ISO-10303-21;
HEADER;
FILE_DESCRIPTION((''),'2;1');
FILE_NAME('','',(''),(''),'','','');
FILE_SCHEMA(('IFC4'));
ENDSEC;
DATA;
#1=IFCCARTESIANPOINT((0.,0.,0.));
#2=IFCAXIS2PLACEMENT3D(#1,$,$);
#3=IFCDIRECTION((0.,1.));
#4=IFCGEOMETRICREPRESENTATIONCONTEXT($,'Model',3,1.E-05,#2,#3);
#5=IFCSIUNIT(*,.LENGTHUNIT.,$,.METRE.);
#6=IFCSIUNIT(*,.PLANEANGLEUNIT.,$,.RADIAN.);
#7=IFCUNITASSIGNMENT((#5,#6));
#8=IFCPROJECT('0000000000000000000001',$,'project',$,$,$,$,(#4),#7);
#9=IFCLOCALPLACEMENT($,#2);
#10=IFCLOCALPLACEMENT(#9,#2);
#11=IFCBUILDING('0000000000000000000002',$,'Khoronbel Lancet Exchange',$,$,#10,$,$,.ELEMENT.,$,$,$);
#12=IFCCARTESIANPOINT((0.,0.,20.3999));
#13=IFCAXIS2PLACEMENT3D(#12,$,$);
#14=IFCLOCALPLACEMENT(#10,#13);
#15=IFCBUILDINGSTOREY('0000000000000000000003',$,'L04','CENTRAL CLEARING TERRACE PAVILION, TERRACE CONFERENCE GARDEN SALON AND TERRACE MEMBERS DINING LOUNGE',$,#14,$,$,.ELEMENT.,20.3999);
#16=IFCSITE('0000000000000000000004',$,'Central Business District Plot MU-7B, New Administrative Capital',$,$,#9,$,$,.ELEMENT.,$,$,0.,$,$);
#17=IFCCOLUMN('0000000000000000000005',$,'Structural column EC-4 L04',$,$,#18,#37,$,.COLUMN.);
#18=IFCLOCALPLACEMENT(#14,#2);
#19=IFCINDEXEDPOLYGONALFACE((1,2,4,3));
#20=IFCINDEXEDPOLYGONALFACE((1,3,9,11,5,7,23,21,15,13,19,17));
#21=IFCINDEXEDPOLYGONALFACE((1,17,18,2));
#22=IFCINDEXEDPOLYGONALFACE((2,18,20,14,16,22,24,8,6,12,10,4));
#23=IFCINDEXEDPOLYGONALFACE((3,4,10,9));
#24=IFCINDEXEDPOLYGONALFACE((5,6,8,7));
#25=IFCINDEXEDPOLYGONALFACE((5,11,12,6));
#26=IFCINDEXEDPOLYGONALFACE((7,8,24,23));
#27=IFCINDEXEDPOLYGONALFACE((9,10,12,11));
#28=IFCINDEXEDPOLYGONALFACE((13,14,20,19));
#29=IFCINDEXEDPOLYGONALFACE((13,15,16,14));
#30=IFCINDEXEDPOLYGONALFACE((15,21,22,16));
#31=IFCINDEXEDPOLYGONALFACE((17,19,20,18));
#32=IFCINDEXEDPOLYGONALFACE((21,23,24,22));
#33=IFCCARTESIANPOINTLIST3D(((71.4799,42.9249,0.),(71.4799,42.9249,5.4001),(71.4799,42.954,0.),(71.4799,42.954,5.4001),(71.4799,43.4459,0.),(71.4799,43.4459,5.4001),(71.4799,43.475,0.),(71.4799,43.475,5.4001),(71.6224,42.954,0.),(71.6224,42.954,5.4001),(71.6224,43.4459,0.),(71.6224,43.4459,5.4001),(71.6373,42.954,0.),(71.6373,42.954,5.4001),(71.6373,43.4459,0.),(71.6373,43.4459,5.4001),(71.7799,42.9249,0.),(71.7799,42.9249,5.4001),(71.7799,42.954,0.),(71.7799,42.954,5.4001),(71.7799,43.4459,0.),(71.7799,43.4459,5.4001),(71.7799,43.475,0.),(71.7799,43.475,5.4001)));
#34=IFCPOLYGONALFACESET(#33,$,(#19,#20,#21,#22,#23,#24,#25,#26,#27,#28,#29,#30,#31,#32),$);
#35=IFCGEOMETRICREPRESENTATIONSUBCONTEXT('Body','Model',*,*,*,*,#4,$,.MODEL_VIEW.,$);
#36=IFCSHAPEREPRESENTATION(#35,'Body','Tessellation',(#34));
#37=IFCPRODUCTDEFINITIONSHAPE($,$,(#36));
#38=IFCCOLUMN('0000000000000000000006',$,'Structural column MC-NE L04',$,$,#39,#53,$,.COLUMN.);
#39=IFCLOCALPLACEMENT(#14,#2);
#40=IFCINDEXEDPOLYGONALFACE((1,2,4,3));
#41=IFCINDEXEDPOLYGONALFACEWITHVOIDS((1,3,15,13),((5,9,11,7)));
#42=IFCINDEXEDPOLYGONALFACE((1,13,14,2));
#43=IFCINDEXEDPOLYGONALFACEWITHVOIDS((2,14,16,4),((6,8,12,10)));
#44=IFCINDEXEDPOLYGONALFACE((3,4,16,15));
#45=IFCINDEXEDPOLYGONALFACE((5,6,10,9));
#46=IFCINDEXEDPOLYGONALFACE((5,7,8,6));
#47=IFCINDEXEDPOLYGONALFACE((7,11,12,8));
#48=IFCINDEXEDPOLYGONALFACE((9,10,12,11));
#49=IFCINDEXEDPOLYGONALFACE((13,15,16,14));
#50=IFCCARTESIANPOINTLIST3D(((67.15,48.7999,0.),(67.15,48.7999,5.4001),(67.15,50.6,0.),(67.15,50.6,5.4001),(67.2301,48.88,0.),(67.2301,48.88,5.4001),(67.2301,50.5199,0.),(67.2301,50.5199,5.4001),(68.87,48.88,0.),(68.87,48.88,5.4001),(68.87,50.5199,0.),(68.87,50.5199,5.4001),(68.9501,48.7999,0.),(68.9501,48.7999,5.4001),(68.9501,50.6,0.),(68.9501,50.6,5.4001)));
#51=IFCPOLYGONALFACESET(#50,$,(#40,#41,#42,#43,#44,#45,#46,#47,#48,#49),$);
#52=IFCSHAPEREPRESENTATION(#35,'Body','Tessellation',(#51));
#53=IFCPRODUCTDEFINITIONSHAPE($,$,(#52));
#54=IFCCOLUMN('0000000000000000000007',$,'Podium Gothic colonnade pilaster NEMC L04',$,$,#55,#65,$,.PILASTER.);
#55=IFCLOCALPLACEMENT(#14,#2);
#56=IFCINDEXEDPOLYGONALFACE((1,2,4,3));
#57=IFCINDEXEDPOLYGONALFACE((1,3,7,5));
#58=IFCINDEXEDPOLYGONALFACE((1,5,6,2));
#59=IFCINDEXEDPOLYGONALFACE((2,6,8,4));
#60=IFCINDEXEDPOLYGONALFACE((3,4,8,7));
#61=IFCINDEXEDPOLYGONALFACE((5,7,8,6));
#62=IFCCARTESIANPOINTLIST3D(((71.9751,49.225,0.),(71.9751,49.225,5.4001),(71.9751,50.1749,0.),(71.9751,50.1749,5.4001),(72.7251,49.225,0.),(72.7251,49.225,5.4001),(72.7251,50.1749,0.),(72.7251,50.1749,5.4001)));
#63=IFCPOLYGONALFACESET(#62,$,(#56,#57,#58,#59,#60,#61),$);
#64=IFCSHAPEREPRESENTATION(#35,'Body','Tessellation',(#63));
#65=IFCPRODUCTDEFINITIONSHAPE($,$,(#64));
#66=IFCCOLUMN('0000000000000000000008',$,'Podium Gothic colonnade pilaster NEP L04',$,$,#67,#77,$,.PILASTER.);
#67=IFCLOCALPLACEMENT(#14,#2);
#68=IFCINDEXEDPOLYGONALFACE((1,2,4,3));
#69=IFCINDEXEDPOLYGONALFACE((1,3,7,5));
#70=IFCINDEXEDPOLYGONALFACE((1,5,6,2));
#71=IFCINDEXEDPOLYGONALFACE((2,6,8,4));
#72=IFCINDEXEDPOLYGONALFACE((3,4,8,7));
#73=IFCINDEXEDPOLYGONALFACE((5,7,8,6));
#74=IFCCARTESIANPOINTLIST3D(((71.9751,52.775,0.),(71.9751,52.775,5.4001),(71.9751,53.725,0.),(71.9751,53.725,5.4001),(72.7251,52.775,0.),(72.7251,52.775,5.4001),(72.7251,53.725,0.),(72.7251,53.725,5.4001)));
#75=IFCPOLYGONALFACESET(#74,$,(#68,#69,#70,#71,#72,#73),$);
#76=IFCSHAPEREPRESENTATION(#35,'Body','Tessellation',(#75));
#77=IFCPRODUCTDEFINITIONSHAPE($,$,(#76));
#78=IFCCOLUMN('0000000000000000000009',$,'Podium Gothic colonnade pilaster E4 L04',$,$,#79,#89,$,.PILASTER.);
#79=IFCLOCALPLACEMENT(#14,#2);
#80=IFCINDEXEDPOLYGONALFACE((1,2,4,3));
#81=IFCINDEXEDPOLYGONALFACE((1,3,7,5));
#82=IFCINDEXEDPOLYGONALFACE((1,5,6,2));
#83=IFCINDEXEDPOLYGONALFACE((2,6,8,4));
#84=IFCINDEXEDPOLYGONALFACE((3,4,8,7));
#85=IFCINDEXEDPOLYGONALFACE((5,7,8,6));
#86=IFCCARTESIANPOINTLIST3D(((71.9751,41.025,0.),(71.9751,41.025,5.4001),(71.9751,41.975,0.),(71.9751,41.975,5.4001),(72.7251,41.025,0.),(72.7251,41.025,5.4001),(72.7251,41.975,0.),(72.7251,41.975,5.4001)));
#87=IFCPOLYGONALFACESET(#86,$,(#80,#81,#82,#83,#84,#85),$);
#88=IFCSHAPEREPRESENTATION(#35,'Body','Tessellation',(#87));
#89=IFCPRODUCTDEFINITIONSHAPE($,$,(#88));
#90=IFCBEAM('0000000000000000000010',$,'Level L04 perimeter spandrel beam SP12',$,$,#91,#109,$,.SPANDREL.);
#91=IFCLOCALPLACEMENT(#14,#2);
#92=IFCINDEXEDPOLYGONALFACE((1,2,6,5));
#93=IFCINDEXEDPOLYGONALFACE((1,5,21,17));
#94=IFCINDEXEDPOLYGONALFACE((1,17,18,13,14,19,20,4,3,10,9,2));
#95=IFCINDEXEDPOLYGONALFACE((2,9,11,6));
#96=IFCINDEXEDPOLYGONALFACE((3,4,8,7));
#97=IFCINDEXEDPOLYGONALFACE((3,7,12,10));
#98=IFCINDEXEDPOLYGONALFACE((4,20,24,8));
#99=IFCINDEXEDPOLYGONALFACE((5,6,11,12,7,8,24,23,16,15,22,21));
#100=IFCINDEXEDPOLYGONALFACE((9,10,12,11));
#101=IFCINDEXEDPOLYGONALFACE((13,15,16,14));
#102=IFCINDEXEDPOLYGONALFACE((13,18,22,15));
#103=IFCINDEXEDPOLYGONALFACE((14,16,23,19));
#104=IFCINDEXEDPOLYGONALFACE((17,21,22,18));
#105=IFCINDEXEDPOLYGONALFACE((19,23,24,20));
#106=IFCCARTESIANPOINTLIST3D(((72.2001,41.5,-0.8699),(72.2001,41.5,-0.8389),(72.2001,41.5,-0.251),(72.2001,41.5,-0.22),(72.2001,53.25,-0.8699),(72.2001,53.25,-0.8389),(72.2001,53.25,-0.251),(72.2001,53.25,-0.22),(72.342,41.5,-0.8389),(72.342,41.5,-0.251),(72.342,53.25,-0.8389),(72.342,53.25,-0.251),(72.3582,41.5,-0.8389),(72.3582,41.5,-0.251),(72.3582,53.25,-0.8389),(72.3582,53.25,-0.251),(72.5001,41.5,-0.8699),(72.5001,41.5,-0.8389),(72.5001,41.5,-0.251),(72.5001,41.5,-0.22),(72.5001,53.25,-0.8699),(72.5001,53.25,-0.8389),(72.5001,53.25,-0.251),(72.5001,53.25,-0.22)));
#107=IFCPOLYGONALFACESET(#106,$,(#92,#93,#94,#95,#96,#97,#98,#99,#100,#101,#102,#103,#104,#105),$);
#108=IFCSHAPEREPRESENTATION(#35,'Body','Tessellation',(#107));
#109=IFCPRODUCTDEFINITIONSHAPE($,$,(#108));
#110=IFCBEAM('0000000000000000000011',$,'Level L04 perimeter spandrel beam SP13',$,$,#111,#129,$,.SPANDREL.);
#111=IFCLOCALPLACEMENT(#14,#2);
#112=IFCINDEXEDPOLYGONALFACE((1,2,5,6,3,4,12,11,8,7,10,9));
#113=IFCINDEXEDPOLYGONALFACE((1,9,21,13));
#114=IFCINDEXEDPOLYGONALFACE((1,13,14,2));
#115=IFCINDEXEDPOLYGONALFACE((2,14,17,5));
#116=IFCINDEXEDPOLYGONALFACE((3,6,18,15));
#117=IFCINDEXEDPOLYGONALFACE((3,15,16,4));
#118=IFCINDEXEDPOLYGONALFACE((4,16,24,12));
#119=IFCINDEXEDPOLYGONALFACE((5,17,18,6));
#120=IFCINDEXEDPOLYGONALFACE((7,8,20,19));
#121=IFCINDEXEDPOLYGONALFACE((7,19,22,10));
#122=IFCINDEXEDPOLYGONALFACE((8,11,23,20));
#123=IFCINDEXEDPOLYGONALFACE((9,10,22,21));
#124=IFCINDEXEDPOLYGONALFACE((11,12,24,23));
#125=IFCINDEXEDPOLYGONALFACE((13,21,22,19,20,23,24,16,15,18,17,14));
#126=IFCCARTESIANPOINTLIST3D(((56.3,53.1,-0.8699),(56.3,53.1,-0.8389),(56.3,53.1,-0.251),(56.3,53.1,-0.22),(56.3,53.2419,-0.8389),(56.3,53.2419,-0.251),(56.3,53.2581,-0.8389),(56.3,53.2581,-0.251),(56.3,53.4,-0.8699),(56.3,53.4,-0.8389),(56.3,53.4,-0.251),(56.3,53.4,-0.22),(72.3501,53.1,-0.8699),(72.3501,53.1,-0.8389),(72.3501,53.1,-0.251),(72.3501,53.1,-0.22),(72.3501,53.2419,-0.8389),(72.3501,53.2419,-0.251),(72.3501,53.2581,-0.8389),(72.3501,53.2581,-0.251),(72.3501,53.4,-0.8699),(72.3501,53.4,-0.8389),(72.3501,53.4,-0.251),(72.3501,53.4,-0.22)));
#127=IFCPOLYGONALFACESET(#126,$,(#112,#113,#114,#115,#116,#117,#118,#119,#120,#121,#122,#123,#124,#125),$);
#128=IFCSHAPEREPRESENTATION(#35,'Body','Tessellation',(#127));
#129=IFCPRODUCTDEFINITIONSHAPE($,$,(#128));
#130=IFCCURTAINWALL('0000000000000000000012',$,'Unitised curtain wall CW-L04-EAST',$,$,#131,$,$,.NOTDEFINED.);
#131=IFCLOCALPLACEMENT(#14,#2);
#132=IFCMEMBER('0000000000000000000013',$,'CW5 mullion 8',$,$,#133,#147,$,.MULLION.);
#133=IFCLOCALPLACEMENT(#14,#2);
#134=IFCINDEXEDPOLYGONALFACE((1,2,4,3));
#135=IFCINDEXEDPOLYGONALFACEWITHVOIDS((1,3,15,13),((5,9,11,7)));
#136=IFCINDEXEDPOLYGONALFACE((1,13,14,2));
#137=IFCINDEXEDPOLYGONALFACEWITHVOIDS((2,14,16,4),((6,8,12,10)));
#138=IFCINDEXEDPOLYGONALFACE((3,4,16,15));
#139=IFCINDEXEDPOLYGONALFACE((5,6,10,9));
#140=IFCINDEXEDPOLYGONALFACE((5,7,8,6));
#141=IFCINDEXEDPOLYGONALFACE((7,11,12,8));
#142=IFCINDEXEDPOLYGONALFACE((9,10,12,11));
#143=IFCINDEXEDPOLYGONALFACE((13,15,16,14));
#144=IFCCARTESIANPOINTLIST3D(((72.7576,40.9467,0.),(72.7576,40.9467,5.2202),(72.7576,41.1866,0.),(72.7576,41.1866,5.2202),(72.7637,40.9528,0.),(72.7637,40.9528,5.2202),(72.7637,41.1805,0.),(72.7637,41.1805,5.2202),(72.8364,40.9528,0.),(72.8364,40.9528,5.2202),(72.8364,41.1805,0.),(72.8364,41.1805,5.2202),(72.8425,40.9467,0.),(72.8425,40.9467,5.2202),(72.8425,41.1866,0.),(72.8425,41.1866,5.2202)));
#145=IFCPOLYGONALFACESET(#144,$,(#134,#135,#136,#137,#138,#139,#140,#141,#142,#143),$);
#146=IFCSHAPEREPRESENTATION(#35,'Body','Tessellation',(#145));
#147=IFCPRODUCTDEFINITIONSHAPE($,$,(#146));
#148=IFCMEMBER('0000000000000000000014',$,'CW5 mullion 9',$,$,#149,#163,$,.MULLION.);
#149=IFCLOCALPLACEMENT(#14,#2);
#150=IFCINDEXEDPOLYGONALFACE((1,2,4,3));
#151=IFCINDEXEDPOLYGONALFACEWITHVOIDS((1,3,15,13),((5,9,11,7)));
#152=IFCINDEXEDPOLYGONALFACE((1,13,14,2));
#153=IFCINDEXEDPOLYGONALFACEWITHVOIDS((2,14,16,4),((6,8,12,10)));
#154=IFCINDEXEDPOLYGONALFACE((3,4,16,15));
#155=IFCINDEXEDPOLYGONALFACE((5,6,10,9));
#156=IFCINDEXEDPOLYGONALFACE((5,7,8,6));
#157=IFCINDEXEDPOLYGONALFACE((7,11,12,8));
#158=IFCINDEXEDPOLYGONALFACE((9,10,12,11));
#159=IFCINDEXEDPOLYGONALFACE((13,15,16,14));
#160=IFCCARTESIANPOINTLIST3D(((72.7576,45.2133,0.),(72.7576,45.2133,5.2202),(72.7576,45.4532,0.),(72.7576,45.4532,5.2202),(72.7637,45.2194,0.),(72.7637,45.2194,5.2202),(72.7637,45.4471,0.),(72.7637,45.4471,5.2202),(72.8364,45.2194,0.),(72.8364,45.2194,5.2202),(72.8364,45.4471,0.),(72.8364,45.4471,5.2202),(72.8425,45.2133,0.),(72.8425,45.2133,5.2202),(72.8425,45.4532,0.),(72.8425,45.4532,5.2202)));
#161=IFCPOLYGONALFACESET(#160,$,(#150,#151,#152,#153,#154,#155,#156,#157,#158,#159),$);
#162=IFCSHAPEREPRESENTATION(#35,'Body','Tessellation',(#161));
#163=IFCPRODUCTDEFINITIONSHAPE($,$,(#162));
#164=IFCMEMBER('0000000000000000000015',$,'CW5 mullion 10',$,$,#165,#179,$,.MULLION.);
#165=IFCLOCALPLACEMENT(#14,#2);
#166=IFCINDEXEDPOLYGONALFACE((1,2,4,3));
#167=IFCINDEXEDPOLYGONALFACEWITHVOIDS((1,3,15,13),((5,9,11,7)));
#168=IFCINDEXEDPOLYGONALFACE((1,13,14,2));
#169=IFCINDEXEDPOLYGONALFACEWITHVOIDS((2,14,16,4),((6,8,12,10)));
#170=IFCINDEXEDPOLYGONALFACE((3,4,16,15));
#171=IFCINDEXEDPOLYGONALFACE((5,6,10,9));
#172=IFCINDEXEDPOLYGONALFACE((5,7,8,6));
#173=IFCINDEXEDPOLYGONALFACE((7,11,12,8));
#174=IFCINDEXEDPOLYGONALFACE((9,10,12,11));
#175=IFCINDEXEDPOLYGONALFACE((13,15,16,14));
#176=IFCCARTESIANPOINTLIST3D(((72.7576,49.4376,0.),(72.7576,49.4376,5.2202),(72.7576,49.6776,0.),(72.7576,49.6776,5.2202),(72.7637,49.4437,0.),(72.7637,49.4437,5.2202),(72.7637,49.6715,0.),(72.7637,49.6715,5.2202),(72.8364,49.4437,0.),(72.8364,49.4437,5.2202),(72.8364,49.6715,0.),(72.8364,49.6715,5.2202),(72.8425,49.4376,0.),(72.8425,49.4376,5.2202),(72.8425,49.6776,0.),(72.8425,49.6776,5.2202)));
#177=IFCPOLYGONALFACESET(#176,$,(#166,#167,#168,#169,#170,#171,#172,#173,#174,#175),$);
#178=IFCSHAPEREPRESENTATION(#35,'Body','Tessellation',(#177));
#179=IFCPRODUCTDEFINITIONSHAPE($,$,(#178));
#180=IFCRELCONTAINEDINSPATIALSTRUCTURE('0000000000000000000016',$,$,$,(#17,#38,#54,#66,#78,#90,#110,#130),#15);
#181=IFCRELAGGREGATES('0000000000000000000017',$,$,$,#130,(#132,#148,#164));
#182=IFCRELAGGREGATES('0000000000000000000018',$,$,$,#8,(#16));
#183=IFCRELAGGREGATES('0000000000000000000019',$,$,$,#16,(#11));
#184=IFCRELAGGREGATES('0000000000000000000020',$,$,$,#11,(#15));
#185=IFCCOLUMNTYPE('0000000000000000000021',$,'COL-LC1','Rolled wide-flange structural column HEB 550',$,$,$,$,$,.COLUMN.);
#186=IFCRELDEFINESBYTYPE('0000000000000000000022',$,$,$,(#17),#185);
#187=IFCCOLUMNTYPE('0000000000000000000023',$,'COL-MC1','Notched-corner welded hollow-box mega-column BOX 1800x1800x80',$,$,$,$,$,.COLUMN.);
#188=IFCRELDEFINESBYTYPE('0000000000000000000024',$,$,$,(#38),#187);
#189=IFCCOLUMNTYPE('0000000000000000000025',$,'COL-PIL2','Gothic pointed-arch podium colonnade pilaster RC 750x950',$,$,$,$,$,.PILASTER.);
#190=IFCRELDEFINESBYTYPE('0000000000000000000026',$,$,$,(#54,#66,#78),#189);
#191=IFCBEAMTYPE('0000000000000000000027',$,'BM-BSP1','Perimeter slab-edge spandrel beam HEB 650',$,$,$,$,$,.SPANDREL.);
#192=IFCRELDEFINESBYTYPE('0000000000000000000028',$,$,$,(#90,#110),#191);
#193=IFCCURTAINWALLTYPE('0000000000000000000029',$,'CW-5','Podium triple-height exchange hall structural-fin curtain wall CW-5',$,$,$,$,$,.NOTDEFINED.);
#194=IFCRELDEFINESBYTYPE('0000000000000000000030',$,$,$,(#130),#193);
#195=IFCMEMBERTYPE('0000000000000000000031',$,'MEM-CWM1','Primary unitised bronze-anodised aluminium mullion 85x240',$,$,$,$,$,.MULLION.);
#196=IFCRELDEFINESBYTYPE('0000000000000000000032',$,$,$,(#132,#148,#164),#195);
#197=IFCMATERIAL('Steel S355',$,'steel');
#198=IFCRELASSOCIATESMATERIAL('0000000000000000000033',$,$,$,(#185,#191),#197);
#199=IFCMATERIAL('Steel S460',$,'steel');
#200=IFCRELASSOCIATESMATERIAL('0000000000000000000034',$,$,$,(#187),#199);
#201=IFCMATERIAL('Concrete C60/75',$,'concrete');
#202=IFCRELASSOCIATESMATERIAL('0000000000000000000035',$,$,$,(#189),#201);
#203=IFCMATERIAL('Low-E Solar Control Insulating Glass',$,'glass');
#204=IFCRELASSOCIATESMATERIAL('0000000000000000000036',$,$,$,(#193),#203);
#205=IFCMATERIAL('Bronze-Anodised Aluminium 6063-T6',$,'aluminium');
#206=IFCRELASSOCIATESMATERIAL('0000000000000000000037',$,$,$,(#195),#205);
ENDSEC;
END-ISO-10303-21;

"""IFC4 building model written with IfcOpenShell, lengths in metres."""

from ifc_helpers import new_model, si_unit, direction, frame, origin, origin_2d, place, context, subcontext, project, spatial, rectangle, hollow_rectangle, i_section, extrude, material, material_profile, profile_set, type_object, element, aggregate, save


model = new_model("IFC4")

# Units and contexts
model_context = context("Model", 3, precision=1e-05, world=origin(), true_north=direction((0.0, 1.0)))
body_context = subcontext(model_context, "Body", "Model", "MODEL_VIEW")
ifc_project = project(units=[si_unit("LENGTHUNIT", "METRE"), si_unit("PLANEANGLEUNIT", "RADIAN")], contexts=[model_context])

# Site, building, storey
site_placement = place(None, origin())
site = spatial("IfcSite", under=ifc_project, at=site_placement, Name="Central Business District Plot MU-7B, New Administrative Capital", CompositionType="ELEMENT", RefElevation=0.0)
building_placement = place(site_placement, origin())
building = spatial("IfcBuilding", under=site, at=building_placement, Name="Khoronbel Lancet Exchange", CompositionType="ELEMENT")
storey_placement = place(building_placement, frame((0.0, 0.0, 20.3999)))
storey = spatial("IfcBuildingStorey", under=building, at=storey_placement, Name="L04", Description="CENTRAL CLEARING TERRACE PAVILION, TERRACE CONFERENCE GARDEN SALON AND TERRACE MEMBERS DINING LOUNGE", CompositionType="ELEMENT", Elevation=20.3999)

# Columns
ifc_material_1 = material(Name="Steel S355", Category="steel")
ifc_material_profile_1 = material_profile(ifc_material_1, i_section(OverallWidth=0.3, OverallDepth=0.55, WebThickness=0.0149, FlangeThickness=0.0291, at=origin_2d()), Name="HEB 550")
ifc_profile_set_1 = profile_set([ifc_material_profile_1], Name="Steel S355")
column_type_1 = type_object("IfcColumnType", Name="COL-LC1", Description="Rolled wide-flange structural column HEB 550", PredefinedType="COLUMN", material=ifc_profile_set_1)
column_1_placement = place(storey_placement, frame((71.6299, 43.2, 0.0), z_axis=(0.0, 0.0, 1.0), x_axis=(1.0, 0.0, 0.0)))
element("IfcColumn", 1, at=column_1_placement, inside=storey, type_object=column_type_1, Name="Structural column EC-4 L04", PredefinedType="COLUMN", context=body_context, shape_type="SweptSolid", body=[
    extrude(i_section(OverallWidth=0.3, OverallDepth=0.55, WebThickness=0.0149, FlangeThickness=0.0291, at=origin_2d()), origin(), (0.0, 0.0, 1.0), 5.4001),
])
ifc_material_2 = material(Name="Steel S460", Category="steel")
ifc_material_profile_2 = material_profile(ifc_material_2, hollow_rectangle(XDim=1.8, YDim=1.8, WallThickness=0.0801, at=origin_2d()), Name="BOX 1800x1800x80")
ifc_profile_set_2 = profile_set([ifc_material_profile_2], Name="Steel S460")
column_type_2 = type_object("IfcColumnType", Name="COL-MC1", Description="Notched-corner welded hollow-box mega-column BOX 1800x1800x80", PredefinedType="COLUMN", material=ifc_profile_set_2)
column_2_placement = place(storey_placement, frame((68.05, 49.7, 0.0), z_axis=(0.0, 0.0, 1.0), x_axis=(1.0, 0.0, 0.0)))
element("IfcColumn", 2, at=column_2_placement, inside=storey, type_object=column_type_2, Name="Structural column MC-NE L04", PredefinedType="COLUMN", context=body_context, shape_type="SweptSolid", body=[
    extrude(hollow_rectangle(XDim=1.8, YDim=1.8, WallThickness=0.0801, at=origin_2d()), origin(), (0.0, 0.0, 1.0), 5.4001),
])
ifc_material_3 = material(Name="Concrete C60/75", Category="concrete")
ifc_material_profile_3 = material_profile(ifc_material_3, rectangle(XDim=0.75, YDim=0.95, at=origin_2d()), Name="RC 750x950")
ifc_profile_set_3 = profile_set([ifc_material_profile_3], Name="Concrete C60/75")
column_type_3 = type_object("IfcColumnType", Name="COL-PIL2", Description="Gothic pointed-arch podium colonnade pilaster RC 750x950", PredefinedType="PILASTER", material=ifc_profile_set_3)
for number, where, z_axis, x_axis, name in (
    (3, (72.3501, 49.7, 0.0), (0.0, 0.0, 1.0), (1.0, 0.0, 0.0), "Podium Gothic colonnade pilaster NEMC L04"),
    (4, (72.3501, 53.25, 0.0), (0.0, 0.0, 1.0), (1.0, 0.0, 0.0), "Podium Gothic colonnade pilaster NEP L04"),
    (5, (72.3501, 41.5, 0.0), (0.0, 0.0, 1.0), (1.0, 0.0, 0.0), "Podium Gothic colonnade pilaster E4 L04"),
):
    element("IfcColumn", number, at=place(storey_placement, frame(where, z_axis=z_axis, x_axis=x_axis)), inside=storey, type_object=column_type_3, Name=name, PredefinedType="PILASTER", context=body_context, shape_type="SweptSolid", body=[
        extrude(rectangle(XDim=0.75, YDim=0.95, at=origin_2d()), origin(), (0.0, 0.0, 1.0), 5.4001),
    ])

# Beams
ifc_material_profile_4 = material_profile(ifc_material_1, i_section(OverallWidth=0.3, OverallDepth=0.6499, WebThickness=0.0161, FlangeThickness=0.031, at=origin_2d()), Name="HEB 650")
ifc_profile_set_4 = profile_set([ifc_material_profile_4], Name="Steel S355")
beam_type = type_object("IfcBeamType", Name="BM-BSP1", Description="Perimeter slab-edge spandrel beam HEB 650", PredefinedType="SPANDREL", material=ifc_profile_set_4)
beam_1_placement = place(storey_placement, frame((72.3501, 41.5, -0.5449), z_axis=(0.0, 1.0, 0.0), x_axis=(-1.0, 0.0, 0.0)))
element("IfcBeam", 6, at=beam_1_placement, inside=storey, type_object=beam_type, Name="Level L04 perimeter spandrel beam SP12", PredefinedType="SPANDREL", context=body_context, shape_type="SweptSolid", body=[
    extrude(i_section(OverallWidth=0.3, OverallDepth=0.6499, WebThickness=0.0161, FlangeThickness=0.031, at=origin_2d()), origin(), (0.0, 0.0, 1.0), 11.75),
])
beam_2_placement = place(storey_placement, frame((72.3501, 53.25, -0.5449), z_axis=(-1.0, 0.0, 0.0), x_axis=(0.0, -1.0, 0.0)))
element("IfcBeam", 7, at=beam_2_placement, inside=storey, type_object=beam_type, Name="Level L04 perimeter spandrel beam SP13", PredefinedType="SPANDREL", context=body_context, shape_type="SweptSolid", body=[
    extrude(i_section(OverallWidth=0.3, OverallDepth=0.6499, WebThickness=0.0161, FlangeThickness=0.031, at=origin_2d()), origin(), (0.0, 0.0, 1.0), 16.05),
])

# Curtain wall, members
ifc_material_4 = material(Name="Low-E Solar Control Insulating Glass", Category="glass")
curtain_wall_type = type_object("IfcCurtainWallType", Name="CW-5", Description="Podium triple-height exchange hall structural-fin curtain wall CW-5", PredefinedType="NOTDEFINED", material=ifc_material_4)
curtain_wall_1_placement = place(storey_placement, origin())
curtain_wall_1 = element("IfcCurtainWall", 8, at=curtain_wall_1_placement, inside=storey, type_object=curtain_wall_type, Name="Unitised curtain wall CW-L04-EAST", PredefinedType="NOTDEFINED")
ifc_material_5 = material(Name="Bronze-Anodised Aluminium 6063-T6", Category="aluminium")
ifc_material_profile_5 = material_profile(ifc_material_5, hollow_rectangle(XDim=0.085, YDim=0.24, WallThickness=0.0061, at=origin_2d()), Name="ALU MULLION 85x240")
ifc_profile_set_5 = profile_set([ifc_material_profile_5], Name="Bronze-Anodised Aluminium 6063-T6")
member_type_1 = type_object("IfcMemberType", Name="MEM-CWM1", Description="Primary unitised bronze-anodised aluminium mullion 85x240", PredefinedType="MULLION", material=ifc_profile_set_5)
member_1_placement = place(storey_placement, frame((72.8, 41.0667, 0.0), z_axis=(0.0, 0.0, 1.0), x_axis=(-1.0, 0.0, 0.0)))
member_1 = element("IfcMember", 9, at=member_1_placement, type_object=member_type_1, Name="CW5 mullion 8", PredefinedType="MULLION", context=body_context, shape_type="SweptSolid", body=[
    extrude(hollow_rectangle(XDim=0.085, YDim=0.24, WallThickness=0.0061, at=origin_2d()), origin(), (0.0, 0.0, 1.0), 5.2202),
])
member_2_placement = place(storey_placement, frame((72.8, 45.3333, 0.0), z_axis=(0.0, 0.0, 1.0), x_axis=(-1.0, 0.0, 0.0)))
member_2 = element("IfcMember", 10, at=member_2_placement, type_object=member_type_1, Name="CW5 mullion 9", PredefinedType="MULLION", context=body_context, shape_type="SweptSolid", body=[
    extrude(hollow_rectangle(XDim=0.085, YDim=0.24, WallThickness=0.0061, at=origin_2d()), origin(), (0.0, 0.0, 1.0), 5.2202),
])
member_3_placement = place(storey_placement, frame((72.8, 49.5576, 0.0), z_axis=(0.0, 0.0, 1.0), x_axis=(-1.0, 0.0, 0.0)))
member_3 = element("IfcMember", 11, at=member_3_placement, type_object=member_type_1, Name="CW5 mullion 10", PredefinedType="MULLION", context=body_context, shape_type="SweptSolid", body=[
    extrude(hollow_rectangle(XDim=0.085, YDim=0.24, WallThickness=0.0061, at=origin_2d()), origin(), (0.0, 0.0, 1.0), 5.2202),
])

aggregate(curtain_wall_1, [member_1, member_2, member_3])

save(model, "model.ifc")
